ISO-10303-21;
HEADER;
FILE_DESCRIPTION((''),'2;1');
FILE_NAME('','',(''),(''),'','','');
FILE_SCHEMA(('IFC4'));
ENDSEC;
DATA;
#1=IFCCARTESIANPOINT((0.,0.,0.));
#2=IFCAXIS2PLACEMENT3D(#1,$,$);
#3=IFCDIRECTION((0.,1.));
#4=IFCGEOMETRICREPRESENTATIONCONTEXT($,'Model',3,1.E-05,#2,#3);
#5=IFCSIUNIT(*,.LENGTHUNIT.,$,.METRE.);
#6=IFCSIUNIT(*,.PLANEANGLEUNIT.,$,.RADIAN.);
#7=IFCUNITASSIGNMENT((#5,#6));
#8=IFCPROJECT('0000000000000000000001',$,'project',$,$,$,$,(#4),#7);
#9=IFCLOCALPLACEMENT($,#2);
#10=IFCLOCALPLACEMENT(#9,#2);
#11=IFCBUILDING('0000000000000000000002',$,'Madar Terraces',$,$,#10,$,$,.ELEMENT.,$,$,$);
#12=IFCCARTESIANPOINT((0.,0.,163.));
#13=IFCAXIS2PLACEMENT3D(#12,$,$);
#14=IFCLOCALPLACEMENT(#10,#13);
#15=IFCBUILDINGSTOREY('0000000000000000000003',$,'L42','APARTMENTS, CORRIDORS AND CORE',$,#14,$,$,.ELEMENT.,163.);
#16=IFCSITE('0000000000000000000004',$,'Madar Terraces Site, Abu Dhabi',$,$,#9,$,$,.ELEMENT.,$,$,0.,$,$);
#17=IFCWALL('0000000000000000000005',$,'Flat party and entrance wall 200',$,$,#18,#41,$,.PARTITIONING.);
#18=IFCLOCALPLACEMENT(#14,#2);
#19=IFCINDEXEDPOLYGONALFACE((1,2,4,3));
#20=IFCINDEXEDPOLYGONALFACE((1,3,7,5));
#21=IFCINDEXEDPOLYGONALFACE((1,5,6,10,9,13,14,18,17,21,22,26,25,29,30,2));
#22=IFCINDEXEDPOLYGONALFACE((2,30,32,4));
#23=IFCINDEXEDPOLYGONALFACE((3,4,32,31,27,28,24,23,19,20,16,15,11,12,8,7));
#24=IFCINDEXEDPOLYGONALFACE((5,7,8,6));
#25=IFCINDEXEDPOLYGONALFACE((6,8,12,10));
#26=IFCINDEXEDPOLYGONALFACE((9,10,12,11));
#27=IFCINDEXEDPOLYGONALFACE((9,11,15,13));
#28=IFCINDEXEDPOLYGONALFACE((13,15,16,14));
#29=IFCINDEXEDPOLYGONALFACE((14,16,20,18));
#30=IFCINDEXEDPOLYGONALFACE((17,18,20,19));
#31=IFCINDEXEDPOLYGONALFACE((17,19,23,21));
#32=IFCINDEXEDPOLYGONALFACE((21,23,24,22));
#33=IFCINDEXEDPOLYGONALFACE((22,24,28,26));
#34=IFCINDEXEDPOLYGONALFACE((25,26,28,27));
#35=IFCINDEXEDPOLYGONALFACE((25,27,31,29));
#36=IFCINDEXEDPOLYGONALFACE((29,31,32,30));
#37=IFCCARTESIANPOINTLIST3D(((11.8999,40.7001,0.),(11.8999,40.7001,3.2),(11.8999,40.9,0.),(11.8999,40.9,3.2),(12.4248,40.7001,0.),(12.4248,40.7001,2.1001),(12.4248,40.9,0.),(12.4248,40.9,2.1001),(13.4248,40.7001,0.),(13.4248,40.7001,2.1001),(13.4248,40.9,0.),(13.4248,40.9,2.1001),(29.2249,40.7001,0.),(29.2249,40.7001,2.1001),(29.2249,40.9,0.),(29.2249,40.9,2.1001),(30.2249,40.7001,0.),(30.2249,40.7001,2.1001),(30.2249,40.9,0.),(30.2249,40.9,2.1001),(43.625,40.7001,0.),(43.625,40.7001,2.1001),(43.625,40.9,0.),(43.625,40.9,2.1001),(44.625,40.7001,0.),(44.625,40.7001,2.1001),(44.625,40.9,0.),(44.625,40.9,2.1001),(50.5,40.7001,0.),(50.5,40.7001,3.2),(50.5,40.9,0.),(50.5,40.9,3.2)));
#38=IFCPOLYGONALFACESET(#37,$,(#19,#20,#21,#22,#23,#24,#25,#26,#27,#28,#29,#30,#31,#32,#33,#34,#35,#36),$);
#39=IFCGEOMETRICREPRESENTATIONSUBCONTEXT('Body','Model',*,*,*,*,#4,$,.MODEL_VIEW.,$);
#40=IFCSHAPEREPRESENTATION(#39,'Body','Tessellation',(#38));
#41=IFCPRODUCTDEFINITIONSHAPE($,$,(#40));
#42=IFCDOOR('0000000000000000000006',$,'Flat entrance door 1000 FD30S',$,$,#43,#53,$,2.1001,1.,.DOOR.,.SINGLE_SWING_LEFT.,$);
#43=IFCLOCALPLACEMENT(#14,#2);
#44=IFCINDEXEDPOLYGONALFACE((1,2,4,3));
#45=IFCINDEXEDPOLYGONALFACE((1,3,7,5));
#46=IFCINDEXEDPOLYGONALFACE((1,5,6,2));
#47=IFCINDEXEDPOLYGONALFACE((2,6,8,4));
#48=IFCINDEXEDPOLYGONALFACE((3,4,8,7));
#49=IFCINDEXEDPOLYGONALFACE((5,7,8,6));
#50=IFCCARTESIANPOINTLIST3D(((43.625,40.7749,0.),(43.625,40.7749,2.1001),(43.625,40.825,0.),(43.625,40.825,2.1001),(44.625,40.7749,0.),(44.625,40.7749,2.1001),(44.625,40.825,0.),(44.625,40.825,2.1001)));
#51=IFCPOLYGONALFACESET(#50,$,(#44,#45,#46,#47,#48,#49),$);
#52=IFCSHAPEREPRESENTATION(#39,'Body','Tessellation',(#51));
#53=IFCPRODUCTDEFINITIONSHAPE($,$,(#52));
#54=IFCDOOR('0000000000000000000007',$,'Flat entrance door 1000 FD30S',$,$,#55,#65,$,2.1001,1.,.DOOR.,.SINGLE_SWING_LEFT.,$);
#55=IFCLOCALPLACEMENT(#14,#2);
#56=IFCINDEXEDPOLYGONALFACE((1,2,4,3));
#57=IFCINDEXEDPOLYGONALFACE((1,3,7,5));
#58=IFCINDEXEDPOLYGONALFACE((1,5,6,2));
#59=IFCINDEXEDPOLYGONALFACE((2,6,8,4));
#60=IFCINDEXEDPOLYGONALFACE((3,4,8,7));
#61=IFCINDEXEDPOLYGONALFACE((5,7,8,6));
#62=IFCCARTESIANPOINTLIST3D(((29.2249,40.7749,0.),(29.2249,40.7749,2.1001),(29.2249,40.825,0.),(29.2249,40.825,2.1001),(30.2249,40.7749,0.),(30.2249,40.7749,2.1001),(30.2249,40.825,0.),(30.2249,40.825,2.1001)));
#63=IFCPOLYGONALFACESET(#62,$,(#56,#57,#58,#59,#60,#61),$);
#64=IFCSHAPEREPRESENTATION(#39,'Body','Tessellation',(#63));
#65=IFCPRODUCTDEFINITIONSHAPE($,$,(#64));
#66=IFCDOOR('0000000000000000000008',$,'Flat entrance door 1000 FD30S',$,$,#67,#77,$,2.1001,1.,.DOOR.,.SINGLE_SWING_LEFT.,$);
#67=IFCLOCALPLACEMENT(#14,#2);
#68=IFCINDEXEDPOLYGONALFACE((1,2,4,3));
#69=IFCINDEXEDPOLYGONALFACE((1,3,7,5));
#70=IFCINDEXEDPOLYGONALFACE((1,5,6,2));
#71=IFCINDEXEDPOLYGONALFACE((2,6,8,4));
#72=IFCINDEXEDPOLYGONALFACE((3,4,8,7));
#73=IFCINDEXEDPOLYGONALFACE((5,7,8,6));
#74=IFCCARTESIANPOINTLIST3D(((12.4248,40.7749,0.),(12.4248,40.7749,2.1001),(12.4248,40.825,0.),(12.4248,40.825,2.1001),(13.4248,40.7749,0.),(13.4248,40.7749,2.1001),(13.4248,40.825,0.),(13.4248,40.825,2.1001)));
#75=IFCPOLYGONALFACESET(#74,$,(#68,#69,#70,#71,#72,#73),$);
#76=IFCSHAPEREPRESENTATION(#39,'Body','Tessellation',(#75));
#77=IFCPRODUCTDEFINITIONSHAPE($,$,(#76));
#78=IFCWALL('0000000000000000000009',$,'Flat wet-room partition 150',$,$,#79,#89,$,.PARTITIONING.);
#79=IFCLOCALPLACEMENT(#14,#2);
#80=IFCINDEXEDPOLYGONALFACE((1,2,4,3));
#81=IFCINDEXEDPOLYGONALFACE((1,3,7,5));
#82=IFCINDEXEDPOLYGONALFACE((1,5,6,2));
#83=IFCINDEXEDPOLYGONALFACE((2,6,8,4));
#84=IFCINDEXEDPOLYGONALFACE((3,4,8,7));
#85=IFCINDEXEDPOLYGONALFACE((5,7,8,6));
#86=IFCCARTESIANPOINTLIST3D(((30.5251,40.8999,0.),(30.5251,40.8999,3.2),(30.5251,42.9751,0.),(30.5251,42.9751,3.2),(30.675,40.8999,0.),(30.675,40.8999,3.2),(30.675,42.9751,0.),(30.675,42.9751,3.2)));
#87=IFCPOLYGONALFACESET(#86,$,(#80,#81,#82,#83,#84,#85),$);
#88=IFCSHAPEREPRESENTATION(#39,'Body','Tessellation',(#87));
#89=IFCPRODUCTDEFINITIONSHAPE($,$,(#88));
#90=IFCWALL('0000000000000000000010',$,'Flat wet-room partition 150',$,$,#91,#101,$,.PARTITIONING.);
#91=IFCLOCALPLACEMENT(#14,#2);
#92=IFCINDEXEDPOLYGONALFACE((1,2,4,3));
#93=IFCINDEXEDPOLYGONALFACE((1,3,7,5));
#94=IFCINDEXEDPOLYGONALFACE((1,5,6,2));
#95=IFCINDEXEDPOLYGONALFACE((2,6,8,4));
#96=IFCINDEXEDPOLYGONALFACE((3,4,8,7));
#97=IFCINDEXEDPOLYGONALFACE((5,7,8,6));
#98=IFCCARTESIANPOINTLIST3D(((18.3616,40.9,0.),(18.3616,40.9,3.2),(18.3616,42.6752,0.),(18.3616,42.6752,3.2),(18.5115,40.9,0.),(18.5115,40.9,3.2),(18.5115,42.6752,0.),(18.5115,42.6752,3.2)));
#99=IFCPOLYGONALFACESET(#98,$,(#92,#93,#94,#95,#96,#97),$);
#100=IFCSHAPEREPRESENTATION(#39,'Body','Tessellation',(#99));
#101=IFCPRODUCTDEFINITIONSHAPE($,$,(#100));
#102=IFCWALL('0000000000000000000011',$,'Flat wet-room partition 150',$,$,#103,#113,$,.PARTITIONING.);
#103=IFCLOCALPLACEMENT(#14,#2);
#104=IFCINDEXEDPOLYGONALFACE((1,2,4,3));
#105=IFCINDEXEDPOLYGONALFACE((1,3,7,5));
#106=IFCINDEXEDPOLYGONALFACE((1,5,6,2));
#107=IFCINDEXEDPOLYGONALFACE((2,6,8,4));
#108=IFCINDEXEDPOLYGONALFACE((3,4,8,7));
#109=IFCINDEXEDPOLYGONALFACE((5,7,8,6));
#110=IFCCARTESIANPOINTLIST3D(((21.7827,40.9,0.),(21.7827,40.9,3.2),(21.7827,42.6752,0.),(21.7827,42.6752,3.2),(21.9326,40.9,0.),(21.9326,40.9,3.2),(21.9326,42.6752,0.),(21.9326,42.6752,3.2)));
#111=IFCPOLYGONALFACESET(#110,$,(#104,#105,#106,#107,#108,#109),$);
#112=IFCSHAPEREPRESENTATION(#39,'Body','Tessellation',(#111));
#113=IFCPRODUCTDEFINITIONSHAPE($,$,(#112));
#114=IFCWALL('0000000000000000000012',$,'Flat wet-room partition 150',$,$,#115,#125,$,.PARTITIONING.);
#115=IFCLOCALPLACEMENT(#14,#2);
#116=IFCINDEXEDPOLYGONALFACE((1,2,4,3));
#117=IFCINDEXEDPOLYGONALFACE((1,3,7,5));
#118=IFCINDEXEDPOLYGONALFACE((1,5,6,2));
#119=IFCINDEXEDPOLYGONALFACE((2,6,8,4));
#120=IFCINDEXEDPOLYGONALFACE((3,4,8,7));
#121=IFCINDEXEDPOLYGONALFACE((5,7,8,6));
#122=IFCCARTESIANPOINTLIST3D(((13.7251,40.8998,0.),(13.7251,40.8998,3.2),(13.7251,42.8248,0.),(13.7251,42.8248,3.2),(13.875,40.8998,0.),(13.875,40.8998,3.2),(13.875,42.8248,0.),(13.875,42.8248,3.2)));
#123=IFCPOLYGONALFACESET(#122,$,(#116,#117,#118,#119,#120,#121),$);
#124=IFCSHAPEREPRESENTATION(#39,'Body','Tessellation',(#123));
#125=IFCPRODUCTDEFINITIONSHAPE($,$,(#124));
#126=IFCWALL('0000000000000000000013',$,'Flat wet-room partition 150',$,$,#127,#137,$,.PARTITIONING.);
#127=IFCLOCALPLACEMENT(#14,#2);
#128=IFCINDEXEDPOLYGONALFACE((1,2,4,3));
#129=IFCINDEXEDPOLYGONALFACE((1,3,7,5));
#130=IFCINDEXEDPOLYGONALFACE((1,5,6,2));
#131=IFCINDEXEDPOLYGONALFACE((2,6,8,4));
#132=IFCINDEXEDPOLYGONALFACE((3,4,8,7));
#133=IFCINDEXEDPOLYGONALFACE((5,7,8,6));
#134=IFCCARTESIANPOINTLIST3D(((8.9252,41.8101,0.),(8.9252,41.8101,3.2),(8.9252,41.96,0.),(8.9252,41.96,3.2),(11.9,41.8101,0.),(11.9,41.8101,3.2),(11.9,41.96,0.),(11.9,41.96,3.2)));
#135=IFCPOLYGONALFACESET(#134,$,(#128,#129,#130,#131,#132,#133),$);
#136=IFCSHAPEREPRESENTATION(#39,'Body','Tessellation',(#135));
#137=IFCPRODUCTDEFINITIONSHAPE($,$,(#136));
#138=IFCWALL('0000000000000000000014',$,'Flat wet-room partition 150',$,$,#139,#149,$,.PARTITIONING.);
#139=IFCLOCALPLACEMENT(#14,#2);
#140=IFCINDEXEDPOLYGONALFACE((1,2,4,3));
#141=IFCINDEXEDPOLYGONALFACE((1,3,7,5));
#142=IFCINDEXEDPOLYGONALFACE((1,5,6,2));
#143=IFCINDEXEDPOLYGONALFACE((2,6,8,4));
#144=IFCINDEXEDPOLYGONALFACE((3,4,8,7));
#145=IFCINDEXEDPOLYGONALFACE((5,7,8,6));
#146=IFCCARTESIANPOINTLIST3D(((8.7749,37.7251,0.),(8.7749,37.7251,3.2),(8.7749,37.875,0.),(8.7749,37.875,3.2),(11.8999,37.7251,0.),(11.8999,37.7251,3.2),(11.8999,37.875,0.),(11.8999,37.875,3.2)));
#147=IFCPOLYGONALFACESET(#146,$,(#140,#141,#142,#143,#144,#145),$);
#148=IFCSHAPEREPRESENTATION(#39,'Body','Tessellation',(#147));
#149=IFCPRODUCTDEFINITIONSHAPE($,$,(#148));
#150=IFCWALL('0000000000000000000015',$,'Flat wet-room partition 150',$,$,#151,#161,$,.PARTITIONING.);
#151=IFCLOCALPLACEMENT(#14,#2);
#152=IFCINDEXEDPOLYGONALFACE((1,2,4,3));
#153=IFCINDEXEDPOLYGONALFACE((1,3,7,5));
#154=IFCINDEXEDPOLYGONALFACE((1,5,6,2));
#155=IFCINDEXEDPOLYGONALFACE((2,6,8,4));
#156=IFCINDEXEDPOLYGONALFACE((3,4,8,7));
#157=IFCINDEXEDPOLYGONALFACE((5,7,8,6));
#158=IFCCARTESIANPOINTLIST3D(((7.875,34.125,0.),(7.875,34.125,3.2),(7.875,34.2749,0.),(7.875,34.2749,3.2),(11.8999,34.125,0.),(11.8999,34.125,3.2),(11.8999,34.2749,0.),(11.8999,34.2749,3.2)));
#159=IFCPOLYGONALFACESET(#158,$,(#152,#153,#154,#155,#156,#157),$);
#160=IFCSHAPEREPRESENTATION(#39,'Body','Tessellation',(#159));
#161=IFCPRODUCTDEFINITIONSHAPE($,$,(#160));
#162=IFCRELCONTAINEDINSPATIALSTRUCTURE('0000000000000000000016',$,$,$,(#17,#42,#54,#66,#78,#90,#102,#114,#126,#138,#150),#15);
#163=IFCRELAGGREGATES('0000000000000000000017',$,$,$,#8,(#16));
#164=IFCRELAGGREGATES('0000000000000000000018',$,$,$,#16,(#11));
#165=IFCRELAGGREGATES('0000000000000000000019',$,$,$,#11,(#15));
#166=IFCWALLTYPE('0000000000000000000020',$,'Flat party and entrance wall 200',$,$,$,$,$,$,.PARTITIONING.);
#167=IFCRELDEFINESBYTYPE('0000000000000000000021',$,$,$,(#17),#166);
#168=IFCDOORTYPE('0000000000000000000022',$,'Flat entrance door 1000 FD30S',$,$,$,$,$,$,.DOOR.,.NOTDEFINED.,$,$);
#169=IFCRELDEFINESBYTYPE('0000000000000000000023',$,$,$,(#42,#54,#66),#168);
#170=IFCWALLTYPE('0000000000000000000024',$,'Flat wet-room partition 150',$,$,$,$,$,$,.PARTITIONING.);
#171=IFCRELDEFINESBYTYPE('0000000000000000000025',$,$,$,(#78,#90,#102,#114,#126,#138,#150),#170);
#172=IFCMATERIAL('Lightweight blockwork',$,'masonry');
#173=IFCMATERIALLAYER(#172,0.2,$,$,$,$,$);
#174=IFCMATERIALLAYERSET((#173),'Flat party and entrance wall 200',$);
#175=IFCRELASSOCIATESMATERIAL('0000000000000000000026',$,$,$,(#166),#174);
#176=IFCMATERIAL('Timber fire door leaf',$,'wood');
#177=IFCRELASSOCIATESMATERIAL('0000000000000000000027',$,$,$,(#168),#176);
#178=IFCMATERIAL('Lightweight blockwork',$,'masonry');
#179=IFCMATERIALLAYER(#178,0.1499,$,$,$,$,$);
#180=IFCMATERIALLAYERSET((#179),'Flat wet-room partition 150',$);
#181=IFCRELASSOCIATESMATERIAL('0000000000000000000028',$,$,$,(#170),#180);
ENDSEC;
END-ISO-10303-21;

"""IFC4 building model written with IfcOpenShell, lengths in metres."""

from ifc_helpers import new_model, si_unit, direction, frame, frame_2d, origin, place, context, subcontext, project, spatial, rectangle, extrude, material, layer, layer_set, type_object, element, fill, save


model = new_model("IFC4")

# Units and contexts
model_context = context("Model", 3, precision=1e-05, world=origin(), true_north=direction((0.0, 1.0)))
body_context = subcontext(model_context, "Body", "Model", "MODEL_VIEW")
ifc_project = project(units=[si_unit("LENGTHUNIT", "METRE"), si_unit("PLANEANGLEUNIT", "RADIAN")], contexts=[model_context])

# Site, building, storey
site_placement = place(None, origin())
site = spatial("IfcSite", under=ifc_project, at=site_placement, Name="Madar Terraces Site, Abu Dhabi", CompositionType="ELEMENT", RefElevation=0.0)
building_placement = place(site_placement, origin())
building = spatial("IfcBuilding", under=site, at=building_placement, Name="Madar Terraces", CompositionType="ELEMENT")
storey_placement = place(building_placement, frame((0.0, 0.0, 163.0)))
storey = spatial("IfcBuildingStorey", under=building, at=storey_placement, Name="L42", Description="APARTMENTS, CORRIDORS AND CORE", CompositionType="ELEMENT", Elevation=163.0)

# Wall, openings, doors
ifc_material_1 = material(Name="Lightweight blockwork", Category="masonry")
ifc_layer_1 = layer(ifc_material_1, 0.2)
ifc_layer_set_1 = layer_set([ifc_layer_1], Name="Flat party and entrance wall 200")
wall_type_1 = type_object("IfcWallType", Name="Flat party and entrance wall 200", PredefinedType="PARTITIONING", material=ifc_layer_set_1)
wall_1_placement = place(storey_placement, frame((11.8999, 40.8, 0.0), z_axis=(0.0, 0.0, 1.0), x_axis=(1.0, 0.0, 0.0)))
wall_1 = element("IfcWall", 1, at=wall_1_placement, inside=storey, type_object=wall_type_1, Name="Flat party and entrance wall 200", PredefinedType="PARTITIONING", context=body_context, shape_type="SweptSolid", body=[
    extrude(rectangle(XDim=38.6001, YDim=0.2, at=frame_2d((19.3, 0.0))), origin(), (0.0, 0.0, 1.0), 3.2),
])
opening_1_placement = place(wall_1_placement, frame((31.7251, 0.0, 0.0)))
opening_1 = element("IfcOpeningElement", 2, at=opening_1_placement, cuts=wall_1, PredefinedType="OPENING", context=body_context, shape_type="SweptSolid", body=[
    extrude(rectangle(XDim=1.0, YDim=2.1001, at=frame_2d((0.5, 1.05))), frame((0.0, 0.1099, 0.0), z_axis=(0.0, -1.0, 0.0), x_axis=(1.0, 0.0, 0.0)), (0.0, 0.0, 1.0), 0.22),
])
opening_2_placement = place(wall_1_placement, frame((17.325, 0.0, 0.0)))
opening_2 = element("IfcOpeningElement", 3, at=opening_2_placement, cuts=wall_1, PredefinedType="OPENING", context=body_context, shape_type="SweptSolid", body=[
    extrude(rectangle(XDim=1.0, YDim=2.1001, at=frame_2d((0.5, 1.05))), frame((0.0, 0.1099, 0.0), z_axis=(0.0, -1.0, 0.0), x_axis=(1.0, 0.0, 0.0)), (0.0, 0.0, 1.0), 0.22),
])
opening_3_placement = place(wall_1_placement, frame((0.5249, 0.0, 0.0)))
opening_3 = element("IfcOpeningElement", 4, at=opening_3_placement, cuts=wall_1, PredefinedType="OPENING", context=body_context, shape_type="SweptSolid", body=[
    extrude(rectangle(XDim=1.0, YDim=2.1001, at=frame_2d((0.5, 1.05))), frame((0.0, 0.1099, 0.0), z_axis=(0.0, -1.0, 0.0), x_axis=(1.0, 0.0, 0.0)), (0.0, 0.0, 1.0), 0.22),
])
ifc_material_2 = material(Name="Timber fire door leaf", Category="wood")
door_type_1 = type_object("IfcDoorType", Name="Flat entrance door 1000 FD30S", OperationType="NOTDEFINED", PredefinedType="DOOR", material=ifc_material_2)
door_1_placement = place(opening_1_placement, origin())
door_1 = element("IfcDoor", 5, at=door_1_placement, inside=storey, type_object=door_type_1, Name="Flat entrance door 1000 FD30S", OperationType="SINGLE_SWING_LEFT", OverallHeight=2.1001, OverallWidth=1.0, PredefinedType="DOOR", context=body_context, shape_type="SweptSolid", body=[
    extrude(rectangle(XDim=1.0, YDim=2.1001, at=frame_2d((0.5, 1.05))), frame((0.0, 0.0249, 0.0), z_axis=(0.0, -1.0, 0.0), x_axis=(1.0, 0.0, 0.0)), (0.0, 0.0, 1.0), 0.05),
])
fill(opening_1, door_1)
door_2_placement = place(opening_2_placement, origin())
door_2 = element("IfcDoor", 6, at=door_2_placement, inside=storey, type_object=door_type_1, Name="Flat entrance door 1000 FD30S", OperationType="SINGLE_SWING_LEFT", OverallHeight=2.1001, OverallWidth=1.0, PredefinedType="DOOR", context=body_context, shape_type="SweptSolid", body=[
    extrude(rectangle(XDim=1.0, YDim=2.1001, at=frame_2d((0.5, 1.05))), frame((0.0, 0.0249, 0.0), z_axis=(0.0, -1.0, 0.0), x_axis=(1.0, 0.0, 0.0)), (0.0, 0.0, 1.0), 0.05),
])
fill(opening_2, door_2)
door_3_placement = place(opening_3_placement, origin())
door_3 = element("IfcDoor", 7, at=door_3_placement, inside=storey, type_object=door_type_1, Name="Flat entrance door 1000 FD30S", OperationType="SINGLE_SWING_LEFT", OverallHeight=2.1001, OverallWidth=1.0, PredefinedType="DOOR", context=body_context, shape_type="SweptSolid", body=[
    extrude(rectangle(XDim=1.0, YDim=2.1001, at=frame_2d((0.5, 1.05))), frame((0.0, 0.0249, 0.0), z_axis=(0.0, -1.0, 0.0), x_axis=(1.0, 0.0, 0.0)), (0.0, 0.0, 1.0), 0.05),
])
fill(opening_3, door_3)

# Walls
ifc_material_3 = material(Name="Lightweight blockwork", Category="masonry")
ifc_layer_2 = layer(ifc_material_3, 0.1499)
ifc_layer_set_2 = layer_set([ifc_layer_2], Name="Flat wet-room partition 150")
wall_type_2 = type_object("IfcWallType", Name="Flat wet-room partition 150", PredefinedType="PARTITIONING", material=ifc_layer_set_2)
wall_2_placement = place(storey_placement, frame((30.6001, 40.8999, 0.0), z_axis=(0.0, 0.0, 1.0), x_axis=(0.0, 1.0, 0.0)))
element("IfcWall", 8, at=wall_2_placement, inside=storey, type_object=wall_type_2, Name="Flat wet-room partition 150", PredefinedType="PARTITIONING", context=body_context, shape_type="SweptSolid", body=[
    extrude(rectangle(XDim=2.0752, YDim=0.1499, at=frame_2d((1.0376, 0.0))), origin(), (0.0, 0.0, 1.0), 3.2),
])
for number, where, z_axis, x_axis, name in (
    (9, (18.4365, 40.8999, 0.0), (0.0, 0.0, 1.0), (0.0, 1.0, 0.0), "Flat wet-room partition 150"),
    (10, (21.8577, 40.8999, 0.0), (0.0, 0.0, 1.0), (0.0, 1.0, 0.0), "Flat wet-room partition 150"),
):
    element("IfcWall", number, at=place(storey_placement, frame(where, z_axis=z_axis, x_axis=x_axis)), inside=storey, type_object=wall_type_2, Name=name, PredefinedType="PARTITIONING", context=body_context, shape_type="SweptSolid", body=[
        extrude(rectangle(XDim=1.7751, YDim=0.1499, at=frame_2d((0.8877, 0.0))), origin(), (0.0, 0.0, 1.0), 3.2),
    ])
wall_3_placement = place(storey_placement, frame((13.8, 40.8999, 0.0), z_axis=(0.0, 0.0, 1.0), x_axis=(0.0, 1.0, 0.0)))
element("IfcWall", 11, at=wall_3_placement, inside=storey, type_object=wall_type_2, Name="Flat wet-room partition 150", PredefinedType="PARTITIONING", context=body_context, shape_type="SweptSolid", body=[
    extrude(rectangle(XDim=1.925, YDim=0.1499, at=frame_2d((0.9624, 0.0))), origin(), (0.0, 0.0, 1.0), 3.2),
])
wall_4_placement = place(storey_placement, frame((11.8999, 41.885, 0.0), z_axis=(0.0, 0.0, 1.0), x_axis=(-1.0, 0.0, 0.0)))
element("IfcWall", 12, at=wall_4_placement, inside=storey, type_object=wall_type_2, Name="Flat wet-room partition 150", PredefinedType="PARTITIONING", context=body_context, shape_type="SweptSolid", body=[
    extrude(rectangle(XDim=2.9749, YDim=0.1499, at=frame_2d((1.4873, 0.0))), origin(), (0.0, 0.0, 1.0), 3.2),
])
wall_5_placement = place(storey_placement, frame((11.8999, 37.8, 0.0), z_axis=(0.0, 0.0, 1.0), x_axis=(-1.0, 0.0, 0.0)))
element("IfcWall", 13, at=wall_5_placement, inside=storey, type_object=wall_type_2, Name="Flat wet-room partition 150", PredefinedType="PARTITIONING", context=body_context, shape_type="SweptSolid", body=[
    extrude(rectangle(XDim=3.125, YDim=0.1499, at=frame_2d((1.5625, 0.0))), origin(), (0.0, 0.0, 1.0), 3.2),
])
wall_6_placement = place(storey_placement, frame((11.8999, 34.2, 0.0), z_axis=(0.0, 0.0, 1.0), x_axis=(-1.0, 0.0, 0.0)))
element("IfcWall", 14, at=wall_6_placement, inside=storey, type_object=wall_type_2, Name="Flat wet-room partition 150", PredefinedType="PARTITIONING", context=body_context, shape_type="SweptSolid", body=[
    extrude(rectangle(XDim=4.0249, YDim=0.1499, at=frame_2d((2.0125, 0.0))), origin(), (0.0, 0.0, 1.0), 3.2),
])

save(model, "model.ifc")
